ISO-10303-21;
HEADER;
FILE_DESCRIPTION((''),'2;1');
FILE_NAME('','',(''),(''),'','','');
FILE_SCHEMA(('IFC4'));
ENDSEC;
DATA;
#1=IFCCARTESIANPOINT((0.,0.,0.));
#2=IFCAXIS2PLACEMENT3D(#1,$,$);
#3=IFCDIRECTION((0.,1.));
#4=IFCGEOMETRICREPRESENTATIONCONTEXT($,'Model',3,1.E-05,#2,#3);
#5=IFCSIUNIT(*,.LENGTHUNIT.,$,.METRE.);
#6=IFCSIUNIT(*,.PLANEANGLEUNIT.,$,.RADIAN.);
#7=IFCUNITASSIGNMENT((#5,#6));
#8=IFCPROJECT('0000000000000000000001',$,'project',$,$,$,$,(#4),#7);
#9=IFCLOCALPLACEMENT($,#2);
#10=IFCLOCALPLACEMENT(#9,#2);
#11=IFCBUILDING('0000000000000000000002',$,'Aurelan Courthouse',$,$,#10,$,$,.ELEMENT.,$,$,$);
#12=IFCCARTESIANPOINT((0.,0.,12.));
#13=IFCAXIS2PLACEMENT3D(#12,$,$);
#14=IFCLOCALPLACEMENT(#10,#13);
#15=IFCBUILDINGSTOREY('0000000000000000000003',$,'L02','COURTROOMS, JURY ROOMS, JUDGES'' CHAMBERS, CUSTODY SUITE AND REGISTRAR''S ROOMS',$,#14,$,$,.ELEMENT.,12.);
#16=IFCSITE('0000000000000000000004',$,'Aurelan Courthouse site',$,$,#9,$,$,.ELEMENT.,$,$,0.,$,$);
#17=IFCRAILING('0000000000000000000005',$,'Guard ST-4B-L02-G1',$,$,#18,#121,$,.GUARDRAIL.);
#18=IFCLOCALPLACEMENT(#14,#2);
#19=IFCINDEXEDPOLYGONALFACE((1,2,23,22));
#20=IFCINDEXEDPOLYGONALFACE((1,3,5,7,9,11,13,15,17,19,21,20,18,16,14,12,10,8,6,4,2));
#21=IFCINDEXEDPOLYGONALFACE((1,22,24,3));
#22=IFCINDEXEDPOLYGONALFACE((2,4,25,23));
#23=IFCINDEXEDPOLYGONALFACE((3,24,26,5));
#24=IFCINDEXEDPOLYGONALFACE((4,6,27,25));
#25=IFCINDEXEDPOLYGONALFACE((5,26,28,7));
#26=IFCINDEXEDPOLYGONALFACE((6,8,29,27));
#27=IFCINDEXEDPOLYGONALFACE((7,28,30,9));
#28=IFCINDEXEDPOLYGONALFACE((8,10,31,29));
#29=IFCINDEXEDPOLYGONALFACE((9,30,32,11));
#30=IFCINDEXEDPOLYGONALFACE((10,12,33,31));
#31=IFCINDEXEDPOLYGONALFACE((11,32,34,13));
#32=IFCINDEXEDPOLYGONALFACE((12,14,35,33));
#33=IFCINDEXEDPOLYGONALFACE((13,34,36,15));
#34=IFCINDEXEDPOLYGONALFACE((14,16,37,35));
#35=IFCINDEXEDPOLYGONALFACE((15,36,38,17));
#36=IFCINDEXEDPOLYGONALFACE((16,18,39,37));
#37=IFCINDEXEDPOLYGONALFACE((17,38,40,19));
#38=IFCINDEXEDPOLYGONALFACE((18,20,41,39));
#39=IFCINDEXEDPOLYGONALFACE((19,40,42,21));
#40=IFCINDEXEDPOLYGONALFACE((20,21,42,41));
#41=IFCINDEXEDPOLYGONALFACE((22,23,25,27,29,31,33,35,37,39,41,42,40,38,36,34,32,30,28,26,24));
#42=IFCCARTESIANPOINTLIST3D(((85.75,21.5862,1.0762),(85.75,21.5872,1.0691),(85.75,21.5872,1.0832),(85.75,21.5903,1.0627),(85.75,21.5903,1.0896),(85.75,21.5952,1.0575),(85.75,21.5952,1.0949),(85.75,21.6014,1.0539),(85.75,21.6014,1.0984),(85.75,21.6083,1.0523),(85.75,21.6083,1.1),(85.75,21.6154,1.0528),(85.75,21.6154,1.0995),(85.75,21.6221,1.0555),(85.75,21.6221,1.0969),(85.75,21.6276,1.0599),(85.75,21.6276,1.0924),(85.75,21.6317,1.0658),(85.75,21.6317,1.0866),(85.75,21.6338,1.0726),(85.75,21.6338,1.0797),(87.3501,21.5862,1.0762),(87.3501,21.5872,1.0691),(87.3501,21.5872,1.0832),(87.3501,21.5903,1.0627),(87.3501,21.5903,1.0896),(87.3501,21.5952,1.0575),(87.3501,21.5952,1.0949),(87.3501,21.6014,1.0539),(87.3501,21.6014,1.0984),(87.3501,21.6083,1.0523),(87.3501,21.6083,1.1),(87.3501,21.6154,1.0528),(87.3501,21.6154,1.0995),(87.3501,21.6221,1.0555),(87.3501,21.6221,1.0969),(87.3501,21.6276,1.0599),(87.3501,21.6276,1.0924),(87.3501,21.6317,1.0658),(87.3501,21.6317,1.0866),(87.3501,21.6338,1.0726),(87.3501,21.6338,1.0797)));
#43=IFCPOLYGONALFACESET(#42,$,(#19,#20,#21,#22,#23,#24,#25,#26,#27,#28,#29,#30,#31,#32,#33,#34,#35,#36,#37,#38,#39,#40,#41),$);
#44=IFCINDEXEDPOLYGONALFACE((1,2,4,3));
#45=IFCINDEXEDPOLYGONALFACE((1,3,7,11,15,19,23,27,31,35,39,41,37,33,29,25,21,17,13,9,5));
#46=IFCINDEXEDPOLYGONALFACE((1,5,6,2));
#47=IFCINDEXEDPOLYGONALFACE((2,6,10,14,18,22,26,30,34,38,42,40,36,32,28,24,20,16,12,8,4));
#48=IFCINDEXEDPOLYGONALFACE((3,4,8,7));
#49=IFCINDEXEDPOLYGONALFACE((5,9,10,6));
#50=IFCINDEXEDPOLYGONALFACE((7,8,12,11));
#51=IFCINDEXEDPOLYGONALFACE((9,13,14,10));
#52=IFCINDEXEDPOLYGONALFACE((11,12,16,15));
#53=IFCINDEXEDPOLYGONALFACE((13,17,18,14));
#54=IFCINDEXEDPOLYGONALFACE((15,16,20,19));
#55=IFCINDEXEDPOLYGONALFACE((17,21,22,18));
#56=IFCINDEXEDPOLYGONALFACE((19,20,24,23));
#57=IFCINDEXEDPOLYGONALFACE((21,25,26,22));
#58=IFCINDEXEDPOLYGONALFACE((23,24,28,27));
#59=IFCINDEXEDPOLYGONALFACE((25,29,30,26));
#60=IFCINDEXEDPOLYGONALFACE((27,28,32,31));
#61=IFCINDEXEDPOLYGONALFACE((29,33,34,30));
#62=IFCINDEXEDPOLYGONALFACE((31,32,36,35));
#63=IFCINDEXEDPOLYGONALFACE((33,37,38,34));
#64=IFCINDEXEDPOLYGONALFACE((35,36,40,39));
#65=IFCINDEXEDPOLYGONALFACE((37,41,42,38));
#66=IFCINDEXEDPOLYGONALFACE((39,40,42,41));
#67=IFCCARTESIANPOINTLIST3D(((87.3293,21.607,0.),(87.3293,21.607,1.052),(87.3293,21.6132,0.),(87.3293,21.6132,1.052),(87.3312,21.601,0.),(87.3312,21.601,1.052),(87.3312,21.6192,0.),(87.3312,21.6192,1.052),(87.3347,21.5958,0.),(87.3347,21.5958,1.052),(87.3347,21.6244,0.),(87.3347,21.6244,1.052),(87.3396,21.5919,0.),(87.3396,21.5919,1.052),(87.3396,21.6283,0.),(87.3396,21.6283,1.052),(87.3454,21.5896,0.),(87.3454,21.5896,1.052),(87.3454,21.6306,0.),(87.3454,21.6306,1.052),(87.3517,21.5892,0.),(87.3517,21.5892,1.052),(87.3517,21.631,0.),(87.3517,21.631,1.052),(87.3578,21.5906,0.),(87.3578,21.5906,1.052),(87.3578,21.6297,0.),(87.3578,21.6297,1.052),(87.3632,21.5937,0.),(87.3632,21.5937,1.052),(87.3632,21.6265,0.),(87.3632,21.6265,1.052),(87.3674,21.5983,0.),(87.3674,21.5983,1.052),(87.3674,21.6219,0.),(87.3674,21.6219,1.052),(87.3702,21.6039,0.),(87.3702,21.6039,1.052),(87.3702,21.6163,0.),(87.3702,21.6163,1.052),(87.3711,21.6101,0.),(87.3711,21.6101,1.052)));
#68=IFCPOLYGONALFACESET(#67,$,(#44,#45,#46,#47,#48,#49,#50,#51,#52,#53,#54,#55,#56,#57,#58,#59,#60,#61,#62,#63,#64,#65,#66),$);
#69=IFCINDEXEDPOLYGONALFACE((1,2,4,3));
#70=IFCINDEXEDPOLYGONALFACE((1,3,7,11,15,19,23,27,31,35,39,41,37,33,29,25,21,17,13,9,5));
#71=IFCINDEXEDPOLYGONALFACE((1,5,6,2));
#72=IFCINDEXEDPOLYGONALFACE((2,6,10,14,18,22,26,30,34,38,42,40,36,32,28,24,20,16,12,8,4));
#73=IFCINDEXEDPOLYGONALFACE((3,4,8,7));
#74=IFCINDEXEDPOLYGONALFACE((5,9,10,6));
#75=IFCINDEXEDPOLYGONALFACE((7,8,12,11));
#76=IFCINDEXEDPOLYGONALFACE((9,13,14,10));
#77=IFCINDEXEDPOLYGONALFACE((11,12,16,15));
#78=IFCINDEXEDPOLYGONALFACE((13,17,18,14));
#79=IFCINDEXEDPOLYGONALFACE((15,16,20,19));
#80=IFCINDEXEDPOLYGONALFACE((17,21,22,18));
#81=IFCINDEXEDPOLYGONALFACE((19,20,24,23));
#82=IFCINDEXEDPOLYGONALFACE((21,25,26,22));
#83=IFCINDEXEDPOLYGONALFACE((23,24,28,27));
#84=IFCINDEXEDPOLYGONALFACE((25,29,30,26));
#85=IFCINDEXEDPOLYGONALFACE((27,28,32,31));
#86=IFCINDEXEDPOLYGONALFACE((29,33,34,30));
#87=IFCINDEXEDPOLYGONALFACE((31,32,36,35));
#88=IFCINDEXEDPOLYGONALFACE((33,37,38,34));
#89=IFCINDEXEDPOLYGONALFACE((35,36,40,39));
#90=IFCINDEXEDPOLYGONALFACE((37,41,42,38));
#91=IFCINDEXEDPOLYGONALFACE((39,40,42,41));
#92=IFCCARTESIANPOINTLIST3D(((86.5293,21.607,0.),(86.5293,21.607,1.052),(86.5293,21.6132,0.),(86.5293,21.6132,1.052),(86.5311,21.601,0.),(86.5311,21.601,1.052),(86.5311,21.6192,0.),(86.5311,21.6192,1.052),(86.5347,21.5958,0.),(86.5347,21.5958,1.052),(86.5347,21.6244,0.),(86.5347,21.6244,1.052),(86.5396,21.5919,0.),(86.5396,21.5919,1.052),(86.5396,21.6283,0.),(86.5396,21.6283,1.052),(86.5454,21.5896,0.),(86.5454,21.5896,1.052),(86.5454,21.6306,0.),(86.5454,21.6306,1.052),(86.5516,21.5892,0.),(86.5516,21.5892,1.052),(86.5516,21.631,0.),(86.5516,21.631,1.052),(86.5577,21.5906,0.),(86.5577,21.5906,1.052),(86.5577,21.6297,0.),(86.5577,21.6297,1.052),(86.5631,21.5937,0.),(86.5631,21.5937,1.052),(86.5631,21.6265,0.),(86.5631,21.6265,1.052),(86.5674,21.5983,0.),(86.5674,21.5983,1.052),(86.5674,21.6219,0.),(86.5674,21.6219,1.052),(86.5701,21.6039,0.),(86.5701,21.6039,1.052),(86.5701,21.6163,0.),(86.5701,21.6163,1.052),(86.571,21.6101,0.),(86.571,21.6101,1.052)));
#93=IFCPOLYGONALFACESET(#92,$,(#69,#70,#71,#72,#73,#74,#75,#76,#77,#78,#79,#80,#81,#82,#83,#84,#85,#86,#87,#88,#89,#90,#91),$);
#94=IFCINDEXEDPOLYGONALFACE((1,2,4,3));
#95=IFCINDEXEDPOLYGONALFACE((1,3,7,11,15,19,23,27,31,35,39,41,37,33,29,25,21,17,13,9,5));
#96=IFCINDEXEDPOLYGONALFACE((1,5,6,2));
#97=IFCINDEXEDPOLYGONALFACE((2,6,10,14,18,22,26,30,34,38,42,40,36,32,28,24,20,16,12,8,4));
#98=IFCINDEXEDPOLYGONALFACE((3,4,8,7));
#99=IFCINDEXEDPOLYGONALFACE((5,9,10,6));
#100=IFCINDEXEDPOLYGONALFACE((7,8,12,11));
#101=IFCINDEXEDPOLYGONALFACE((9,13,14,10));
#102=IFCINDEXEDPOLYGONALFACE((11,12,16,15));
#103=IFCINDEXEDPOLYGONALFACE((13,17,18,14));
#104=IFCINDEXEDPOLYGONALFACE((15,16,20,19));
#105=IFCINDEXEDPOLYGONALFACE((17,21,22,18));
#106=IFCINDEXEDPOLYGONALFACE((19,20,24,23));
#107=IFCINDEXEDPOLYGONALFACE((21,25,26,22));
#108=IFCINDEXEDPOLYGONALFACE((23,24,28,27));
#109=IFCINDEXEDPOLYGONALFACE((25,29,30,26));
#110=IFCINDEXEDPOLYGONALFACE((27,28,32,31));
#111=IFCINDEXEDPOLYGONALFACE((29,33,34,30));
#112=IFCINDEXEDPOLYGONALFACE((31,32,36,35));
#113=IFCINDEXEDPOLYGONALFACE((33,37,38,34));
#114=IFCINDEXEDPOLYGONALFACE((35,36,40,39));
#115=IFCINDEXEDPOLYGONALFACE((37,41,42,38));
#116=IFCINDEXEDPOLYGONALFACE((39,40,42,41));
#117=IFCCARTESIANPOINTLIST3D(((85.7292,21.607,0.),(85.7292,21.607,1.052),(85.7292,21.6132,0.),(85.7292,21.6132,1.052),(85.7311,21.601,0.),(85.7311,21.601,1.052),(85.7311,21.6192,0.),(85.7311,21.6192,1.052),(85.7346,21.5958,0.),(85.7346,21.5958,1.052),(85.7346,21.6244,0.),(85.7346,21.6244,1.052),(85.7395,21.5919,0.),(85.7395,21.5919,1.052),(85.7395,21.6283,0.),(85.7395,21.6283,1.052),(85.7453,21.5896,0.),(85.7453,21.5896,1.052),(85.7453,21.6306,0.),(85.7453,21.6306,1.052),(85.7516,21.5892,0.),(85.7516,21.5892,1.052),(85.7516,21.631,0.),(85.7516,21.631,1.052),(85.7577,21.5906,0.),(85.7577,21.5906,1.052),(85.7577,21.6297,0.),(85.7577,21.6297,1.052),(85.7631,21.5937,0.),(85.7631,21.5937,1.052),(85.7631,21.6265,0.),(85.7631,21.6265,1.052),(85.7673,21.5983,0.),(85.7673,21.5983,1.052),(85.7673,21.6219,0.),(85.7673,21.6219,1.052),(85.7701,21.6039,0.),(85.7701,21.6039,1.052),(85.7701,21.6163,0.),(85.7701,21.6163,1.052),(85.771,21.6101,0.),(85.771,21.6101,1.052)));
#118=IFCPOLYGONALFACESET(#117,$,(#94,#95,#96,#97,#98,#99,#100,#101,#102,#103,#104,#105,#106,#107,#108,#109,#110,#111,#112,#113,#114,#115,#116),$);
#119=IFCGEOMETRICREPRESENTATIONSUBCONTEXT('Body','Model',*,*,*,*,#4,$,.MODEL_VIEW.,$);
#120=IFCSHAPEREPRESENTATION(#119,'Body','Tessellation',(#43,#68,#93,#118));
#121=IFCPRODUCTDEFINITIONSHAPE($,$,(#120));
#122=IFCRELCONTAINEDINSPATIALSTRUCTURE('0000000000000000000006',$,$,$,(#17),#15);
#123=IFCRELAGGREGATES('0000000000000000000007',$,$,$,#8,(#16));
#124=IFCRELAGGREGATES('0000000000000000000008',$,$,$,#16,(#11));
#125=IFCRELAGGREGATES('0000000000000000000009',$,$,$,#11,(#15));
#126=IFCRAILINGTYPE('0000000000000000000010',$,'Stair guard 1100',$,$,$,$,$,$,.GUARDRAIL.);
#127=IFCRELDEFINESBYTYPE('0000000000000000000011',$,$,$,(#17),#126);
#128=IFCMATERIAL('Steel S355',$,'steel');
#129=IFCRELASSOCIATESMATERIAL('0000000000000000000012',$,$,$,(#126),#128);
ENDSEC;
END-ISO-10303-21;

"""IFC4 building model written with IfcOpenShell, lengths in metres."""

from ifc_helpers import new_model, si_unit, direction, frame, origin, origin_2d, place, context, subcontext, project, spatial, circle, extrude, material, type_object, element, save


model = new_model("IFC4")

# Units and contexts
model_context = context("Model", 3, precision=1e-05, world=origin(), true_north=direction((0.0, 1.0)))
body_context = subcontext(model_context, "Body", "Model", "MODEL_VIEW")
ifc_project = project(units=[si_unit("LENGTHUNIT", "METRE"), si_unit("PLANEANGLEUNIT", "RADIAN")], contexts=[model_context])

# Site, building, storey
site_placement = place(None, origin())
site = spatial("IfcSite", under=ifc_project, at=site_placement, Name="Aurelan Courthouse site", CompositionType="ELEMENT", RefElevation=0.0)
building_placement = place(site_placement, origin())
building = spatial("IfcBuilding", under=site, at=building_placement, Name="Aurelan Courthouse", CompositionType="ELEMENT")
storey_placement = place(building_placement, frame((0.0, 0.0, 12.0)))
storey = spatial("IfcBuildingStorey", under=building, at=storey_placement, Name="L02", Description="COURTROOMS, JURY ROOMS, JUDGES' CHAMBERS, CUSTODY SUITE AND REGISTRAR'S ROOMS", CompositionType="ELEMENT", Elevation=12.0)

# Railing
ifc_material_1 = material(Name="Steel S355", Category="steel")
railing_type_1 = type_object("IfcRailingType", Name="Stair guard 1100", PredefinedType="GUARDRAIL", material=ifc_material_1)
railing_1_placement = place(storey_placement, frame((87.3501, 21.6101, 0.0)))
element("IfcRailing", 1, at=railing_1_placement, inside=storey, type_object=railing_type_1, Name="Guard ST-4B-L02-G1", PredefinedType="GUARDRAIL", context=body_context, shape_type="SweptSolid", body=[
    extrude(circle(Radius=0.0239, at=origin_2d()), frame((0.0, 0.0, 1.0762), z_axis=(-1.0, 0.0, 0.0), x_axis=(0.0, -1.0, 0.0)), (0.0, 0.0, 1.0), 1.6001),
    extrude(circle(Radius=0.021, at=origin_2d()), origin(), (0.0, 0.0, 1.0), 1.052),
    extrude(circle(Radius=0.021, at=origin_2d()), frame((-0.8, 0.0, 0.0)), (0.0, 0.0, 1.0), 1.052),
    extrude(circle(Radius=0.021, at=origin_2d()), frame((-1.6001, 0.0, 0.0)), (0.0, 0.0, 1.0), 1.052),
])

save(model, "model.ifc")
